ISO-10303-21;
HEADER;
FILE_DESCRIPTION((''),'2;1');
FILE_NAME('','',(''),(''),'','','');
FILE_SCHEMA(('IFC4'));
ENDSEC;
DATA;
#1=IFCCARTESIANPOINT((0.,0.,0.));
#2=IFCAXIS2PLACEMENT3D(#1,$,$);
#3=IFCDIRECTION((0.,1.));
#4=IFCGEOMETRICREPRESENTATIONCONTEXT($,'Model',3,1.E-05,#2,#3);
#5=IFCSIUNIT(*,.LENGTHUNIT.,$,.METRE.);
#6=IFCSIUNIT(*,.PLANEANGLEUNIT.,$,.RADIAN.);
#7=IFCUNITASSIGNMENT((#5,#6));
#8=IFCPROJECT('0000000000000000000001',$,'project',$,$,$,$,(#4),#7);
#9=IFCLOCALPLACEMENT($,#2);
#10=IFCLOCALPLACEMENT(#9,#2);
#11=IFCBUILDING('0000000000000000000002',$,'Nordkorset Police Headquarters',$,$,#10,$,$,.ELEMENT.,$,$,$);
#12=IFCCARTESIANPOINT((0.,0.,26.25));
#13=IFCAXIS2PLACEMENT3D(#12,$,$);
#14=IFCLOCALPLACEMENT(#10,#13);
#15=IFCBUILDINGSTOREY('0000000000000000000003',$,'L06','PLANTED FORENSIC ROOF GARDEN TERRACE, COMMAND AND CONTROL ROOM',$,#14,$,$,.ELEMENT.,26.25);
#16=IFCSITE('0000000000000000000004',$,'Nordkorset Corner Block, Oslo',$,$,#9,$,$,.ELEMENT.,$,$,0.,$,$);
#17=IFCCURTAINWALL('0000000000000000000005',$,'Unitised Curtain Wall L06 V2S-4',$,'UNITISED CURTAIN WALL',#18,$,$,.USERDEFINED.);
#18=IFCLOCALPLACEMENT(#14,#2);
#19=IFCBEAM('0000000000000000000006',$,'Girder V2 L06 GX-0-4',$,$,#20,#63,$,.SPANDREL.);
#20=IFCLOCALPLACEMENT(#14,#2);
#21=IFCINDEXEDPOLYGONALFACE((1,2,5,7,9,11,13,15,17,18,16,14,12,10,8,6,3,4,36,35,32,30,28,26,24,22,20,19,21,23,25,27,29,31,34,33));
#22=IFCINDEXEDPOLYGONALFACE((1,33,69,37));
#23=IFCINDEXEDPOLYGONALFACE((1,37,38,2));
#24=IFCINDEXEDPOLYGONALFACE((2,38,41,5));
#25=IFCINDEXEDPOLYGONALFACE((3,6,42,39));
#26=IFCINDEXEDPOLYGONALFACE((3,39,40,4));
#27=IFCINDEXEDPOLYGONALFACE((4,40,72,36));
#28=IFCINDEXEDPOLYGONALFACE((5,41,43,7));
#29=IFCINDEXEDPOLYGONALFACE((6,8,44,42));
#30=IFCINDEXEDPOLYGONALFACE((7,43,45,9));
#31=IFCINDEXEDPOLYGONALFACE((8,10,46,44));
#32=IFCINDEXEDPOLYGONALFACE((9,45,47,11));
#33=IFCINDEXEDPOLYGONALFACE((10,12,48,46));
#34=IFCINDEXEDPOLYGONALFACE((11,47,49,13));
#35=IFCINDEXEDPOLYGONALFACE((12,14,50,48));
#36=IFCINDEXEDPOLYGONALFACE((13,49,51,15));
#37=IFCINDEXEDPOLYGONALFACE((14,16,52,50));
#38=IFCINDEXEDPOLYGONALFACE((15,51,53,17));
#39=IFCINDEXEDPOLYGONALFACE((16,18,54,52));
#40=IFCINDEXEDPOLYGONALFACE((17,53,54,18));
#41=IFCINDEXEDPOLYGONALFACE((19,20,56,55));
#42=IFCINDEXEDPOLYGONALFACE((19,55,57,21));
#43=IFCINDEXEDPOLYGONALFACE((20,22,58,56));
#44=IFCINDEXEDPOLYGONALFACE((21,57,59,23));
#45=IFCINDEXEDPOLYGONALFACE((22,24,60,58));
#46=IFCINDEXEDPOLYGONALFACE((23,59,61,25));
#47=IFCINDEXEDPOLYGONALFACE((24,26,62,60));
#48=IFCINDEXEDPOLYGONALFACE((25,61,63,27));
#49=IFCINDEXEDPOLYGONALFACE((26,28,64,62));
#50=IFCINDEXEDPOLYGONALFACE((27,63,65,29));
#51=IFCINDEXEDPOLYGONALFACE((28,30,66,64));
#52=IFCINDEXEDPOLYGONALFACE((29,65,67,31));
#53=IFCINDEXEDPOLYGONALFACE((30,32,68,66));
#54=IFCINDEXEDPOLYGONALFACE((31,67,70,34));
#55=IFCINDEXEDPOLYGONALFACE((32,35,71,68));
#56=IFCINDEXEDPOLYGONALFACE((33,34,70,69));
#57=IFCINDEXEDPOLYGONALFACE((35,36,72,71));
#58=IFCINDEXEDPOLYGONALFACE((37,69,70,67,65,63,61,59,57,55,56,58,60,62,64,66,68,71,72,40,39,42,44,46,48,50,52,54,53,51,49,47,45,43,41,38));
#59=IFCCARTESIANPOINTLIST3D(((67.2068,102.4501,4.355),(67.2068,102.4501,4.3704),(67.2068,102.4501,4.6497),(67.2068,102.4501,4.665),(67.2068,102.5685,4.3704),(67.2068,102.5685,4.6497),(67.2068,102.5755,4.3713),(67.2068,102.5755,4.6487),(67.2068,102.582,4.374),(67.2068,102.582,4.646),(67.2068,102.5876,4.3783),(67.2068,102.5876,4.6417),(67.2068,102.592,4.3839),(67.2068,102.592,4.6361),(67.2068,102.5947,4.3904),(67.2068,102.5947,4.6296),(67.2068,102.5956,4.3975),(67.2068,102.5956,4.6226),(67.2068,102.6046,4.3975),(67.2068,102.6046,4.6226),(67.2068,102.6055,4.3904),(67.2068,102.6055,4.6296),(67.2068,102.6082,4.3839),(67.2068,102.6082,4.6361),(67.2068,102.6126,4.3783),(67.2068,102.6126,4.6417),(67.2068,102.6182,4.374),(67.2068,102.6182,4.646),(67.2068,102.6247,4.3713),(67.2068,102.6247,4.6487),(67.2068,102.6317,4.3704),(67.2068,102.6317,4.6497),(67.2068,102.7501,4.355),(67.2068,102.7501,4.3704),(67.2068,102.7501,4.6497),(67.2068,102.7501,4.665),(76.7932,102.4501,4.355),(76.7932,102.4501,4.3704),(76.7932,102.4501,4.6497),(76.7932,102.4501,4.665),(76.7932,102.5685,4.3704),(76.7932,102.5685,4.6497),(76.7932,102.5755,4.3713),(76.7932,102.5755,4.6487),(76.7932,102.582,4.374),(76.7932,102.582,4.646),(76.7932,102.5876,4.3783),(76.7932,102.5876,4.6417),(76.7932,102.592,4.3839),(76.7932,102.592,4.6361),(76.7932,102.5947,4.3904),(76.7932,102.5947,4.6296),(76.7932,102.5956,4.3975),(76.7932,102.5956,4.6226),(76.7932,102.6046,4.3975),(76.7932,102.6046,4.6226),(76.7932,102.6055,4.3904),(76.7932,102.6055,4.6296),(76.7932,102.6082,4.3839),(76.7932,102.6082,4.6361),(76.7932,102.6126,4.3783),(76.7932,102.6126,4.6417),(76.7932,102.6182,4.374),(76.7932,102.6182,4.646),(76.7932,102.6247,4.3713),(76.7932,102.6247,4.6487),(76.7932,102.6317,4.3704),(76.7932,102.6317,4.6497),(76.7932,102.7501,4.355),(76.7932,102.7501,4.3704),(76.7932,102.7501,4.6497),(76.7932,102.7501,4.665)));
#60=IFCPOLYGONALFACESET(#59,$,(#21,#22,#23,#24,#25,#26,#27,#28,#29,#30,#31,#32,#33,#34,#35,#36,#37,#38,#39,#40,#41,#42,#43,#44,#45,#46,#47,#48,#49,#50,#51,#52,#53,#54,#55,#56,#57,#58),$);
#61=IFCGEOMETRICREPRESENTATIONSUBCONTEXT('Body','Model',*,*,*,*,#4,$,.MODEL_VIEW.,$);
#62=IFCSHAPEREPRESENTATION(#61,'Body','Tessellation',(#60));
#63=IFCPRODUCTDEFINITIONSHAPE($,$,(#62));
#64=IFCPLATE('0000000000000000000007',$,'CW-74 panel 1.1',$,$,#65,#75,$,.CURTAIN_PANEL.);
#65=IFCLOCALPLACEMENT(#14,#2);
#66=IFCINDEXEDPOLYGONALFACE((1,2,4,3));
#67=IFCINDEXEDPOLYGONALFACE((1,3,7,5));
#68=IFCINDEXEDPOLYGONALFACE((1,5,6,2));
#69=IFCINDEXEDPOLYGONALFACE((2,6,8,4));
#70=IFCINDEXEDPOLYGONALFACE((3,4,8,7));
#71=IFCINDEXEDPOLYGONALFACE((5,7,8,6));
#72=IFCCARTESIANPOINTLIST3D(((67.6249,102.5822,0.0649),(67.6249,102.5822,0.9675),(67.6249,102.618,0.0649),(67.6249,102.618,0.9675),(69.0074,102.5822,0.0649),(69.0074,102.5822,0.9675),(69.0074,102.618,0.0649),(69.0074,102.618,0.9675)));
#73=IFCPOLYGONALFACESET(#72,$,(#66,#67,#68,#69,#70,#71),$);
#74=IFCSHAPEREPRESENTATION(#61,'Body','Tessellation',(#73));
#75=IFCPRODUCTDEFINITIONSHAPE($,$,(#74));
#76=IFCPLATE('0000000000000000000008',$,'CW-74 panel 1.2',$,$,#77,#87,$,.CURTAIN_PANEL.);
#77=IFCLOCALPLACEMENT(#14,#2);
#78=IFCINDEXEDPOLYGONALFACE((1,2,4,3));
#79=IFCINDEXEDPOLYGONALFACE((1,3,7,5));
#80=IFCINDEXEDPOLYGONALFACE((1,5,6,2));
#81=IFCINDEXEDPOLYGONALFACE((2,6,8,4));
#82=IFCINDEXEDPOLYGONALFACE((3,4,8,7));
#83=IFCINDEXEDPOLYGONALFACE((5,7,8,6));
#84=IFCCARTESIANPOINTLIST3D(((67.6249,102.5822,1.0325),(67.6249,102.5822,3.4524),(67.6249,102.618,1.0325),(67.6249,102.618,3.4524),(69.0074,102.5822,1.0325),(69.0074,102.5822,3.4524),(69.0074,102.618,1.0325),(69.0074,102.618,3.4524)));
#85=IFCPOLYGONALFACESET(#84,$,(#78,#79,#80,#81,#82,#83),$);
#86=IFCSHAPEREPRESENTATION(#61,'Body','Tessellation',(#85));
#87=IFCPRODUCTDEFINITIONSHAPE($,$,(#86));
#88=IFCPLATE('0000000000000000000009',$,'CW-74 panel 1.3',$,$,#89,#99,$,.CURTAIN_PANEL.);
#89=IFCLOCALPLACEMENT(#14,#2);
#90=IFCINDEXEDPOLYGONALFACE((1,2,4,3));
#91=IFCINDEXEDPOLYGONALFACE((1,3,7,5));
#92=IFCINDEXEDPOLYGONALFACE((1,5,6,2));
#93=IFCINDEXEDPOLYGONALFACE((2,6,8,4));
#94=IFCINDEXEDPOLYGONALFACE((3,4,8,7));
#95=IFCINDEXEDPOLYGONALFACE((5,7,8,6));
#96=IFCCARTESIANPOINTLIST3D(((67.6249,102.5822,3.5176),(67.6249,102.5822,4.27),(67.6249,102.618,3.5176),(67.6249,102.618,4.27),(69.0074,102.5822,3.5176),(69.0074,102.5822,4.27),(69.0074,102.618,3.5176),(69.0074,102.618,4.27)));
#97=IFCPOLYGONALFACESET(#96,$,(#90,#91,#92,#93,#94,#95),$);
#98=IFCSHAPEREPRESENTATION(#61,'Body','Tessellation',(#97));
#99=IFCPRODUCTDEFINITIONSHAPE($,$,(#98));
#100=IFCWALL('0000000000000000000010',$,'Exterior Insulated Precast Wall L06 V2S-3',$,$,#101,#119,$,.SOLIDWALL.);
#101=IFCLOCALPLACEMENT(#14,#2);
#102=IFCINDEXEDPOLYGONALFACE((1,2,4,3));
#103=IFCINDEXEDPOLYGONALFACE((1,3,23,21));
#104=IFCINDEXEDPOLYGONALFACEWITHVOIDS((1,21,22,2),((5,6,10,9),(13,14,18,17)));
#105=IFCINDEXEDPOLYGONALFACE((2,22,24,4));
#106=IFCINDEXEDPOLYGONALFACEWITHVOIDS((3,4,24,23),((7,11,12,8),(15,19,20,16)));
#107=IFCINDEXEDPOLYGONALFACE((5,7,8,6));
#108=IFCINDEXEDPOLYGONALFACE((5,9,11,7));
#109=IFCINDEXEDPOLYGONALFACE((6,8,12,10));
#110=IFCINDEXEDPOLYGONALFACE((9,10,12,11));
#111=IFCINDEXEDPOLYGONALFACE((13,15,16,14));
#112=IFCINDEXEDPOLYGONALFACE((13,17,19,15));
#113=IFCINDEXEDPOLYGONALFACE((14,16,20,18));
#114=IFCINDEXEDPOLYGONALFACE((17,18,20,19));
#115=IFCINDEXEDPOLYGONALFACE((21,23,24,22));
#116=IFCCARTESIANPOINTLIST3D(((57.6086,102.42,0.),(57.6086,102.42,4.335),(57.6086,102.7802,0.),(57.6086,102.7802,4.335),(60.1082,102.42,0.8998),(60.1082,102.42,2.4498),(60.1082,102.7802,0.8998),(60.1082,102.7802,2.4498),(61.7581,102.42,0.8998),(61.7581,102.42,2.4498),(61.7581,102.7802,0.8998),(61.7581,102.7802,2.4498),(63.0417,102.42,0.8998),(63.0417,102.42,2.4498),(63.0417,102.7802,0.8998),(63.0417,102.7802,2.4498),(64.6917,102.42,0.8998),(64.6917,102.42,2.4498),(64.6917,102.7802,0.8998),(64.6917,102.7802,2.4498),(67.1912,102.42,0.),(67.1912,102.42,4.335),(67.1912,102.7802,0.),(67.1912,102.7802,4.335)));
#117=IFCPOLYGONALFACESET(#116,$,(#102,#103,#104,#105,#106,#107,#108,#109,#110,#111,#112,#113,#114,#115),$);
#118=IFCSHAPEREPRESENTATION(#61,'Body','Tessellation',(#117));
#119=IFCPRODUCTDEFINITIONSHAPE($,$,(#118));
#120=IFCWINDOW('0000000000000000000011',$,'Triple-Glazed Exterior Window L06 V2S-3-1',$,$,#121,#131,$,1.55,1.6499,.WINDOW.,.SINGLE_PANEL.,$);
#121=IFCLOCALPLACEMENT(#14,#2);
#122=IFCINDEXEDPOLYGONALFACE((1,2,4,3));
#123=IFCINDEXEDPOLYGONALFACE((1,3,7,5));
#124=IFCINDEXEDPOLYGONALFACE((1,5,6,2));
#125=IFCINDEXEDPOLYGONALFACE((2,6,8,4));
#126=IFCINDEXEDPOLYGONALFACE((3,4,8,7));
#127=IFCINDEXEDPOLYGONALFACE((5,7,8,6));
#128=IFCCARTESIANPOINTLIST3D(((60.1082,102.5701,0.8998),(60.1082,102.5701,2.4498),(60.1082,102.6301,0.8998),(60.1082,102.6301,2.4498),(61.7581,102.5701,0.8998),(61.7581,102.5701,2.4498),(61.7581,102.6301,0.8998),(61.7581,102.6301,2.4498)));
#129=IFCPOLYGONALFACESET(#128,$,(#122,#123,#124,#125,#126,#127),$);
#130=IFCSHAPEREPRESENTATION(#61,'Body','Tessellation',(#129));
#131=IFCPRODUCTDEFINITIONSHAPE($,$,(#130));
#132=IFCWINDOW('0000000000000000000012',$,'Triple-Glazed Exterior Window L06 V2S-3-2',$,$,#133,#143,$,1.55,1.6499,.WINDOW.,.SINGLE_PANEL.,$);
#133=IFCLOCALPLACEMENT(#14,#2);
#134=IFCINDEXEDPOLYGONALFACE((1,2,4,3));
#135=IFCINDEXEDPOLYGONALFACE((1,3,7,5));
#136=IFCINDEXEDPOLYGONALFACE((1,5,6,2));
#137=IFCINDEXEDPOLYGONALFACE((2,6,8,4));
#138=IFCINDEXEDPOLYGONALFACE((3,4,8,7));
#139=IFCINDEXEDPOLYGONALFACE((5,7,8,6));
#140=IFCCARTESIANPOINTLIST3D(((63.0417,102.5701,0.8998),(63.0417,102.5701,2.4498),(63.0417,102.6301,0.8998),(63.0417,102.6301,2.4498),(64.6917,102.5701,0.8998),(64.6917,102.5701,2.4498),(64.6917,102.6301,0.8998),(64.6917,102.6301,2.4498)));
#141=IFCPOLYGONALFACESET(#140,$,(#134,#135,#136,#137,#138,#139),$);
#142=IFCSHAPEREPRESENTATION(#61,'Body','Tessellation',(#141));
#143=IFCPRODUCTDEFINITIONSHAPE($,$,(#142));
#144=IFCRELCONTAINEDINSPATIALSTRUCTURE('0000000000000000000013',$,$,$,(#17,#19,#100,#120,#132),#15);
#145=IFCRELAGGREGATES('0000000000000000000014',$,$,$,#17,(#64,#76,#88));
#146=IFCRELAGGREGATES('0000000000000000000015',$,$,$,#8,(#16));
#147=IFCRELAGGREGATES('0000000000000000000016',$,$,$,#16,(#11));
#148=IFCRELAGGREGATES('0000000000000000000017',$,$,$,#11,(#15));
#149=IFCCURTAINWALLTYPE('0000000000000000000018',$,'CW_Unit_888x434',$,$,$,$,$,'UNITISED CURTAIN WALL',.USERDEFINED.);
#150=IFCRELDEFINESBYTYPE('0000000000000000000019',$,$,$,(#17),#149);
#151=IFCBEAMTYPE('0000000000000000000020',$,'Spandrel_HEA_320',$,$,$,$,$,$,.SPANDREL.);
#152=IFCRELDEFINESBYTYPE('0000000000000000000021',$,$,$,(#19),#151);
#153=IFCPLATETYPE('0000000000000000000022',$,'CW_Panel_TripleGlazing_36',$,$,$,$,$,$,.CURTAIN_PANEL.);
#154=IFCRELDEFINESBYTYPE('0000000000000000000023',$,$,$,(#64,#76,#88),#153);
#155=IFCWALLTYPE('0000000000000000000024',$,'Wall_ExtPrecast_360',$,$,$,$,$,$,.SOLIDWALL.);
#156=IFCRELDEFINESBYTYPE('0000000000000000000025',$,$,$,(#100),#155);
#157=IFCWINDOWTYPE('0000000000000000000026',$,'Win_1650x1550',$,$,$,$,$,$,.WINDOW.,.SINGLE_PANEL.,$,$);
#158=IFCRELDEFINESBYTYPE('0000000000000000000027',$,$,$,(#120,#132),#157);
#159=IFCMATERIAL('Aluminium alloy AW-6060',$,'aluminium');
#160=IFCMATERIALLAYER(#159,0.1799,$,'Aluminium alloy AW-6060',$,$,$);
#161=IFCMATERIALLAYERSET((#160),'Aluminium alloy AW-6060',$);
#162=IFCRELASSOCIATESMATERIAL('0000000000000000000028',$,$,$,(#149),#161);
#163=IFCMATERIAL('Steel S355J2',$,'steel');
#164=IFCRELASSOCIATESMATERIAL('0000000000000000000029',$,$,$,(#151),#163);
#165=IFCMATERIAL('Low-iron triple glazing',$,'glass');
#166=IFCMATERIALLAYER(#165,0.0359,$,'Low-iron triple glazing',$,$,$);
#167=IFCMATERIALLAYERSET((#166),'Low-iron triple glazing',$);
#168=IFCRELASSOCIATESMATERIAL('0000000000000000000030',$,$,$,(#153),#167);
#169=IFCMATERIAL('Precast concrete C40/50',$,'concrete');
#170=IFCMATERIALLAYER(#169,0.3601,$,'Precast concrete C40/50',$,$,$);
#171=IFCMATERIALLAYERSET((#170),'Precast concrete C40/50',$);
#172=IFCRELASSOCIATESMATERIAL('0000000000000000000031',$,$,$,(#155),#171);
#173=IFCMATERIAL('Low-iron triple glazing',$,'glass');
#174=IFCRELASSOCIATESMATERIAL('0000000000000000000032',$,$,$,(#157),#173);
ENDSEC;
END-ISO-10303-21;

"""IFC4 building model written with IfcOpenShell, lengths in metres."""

from ifc_helpers import new_model, si_unit, direction, frame, frame_2d, origin, origin_2d, place, context, subcontext, project, spatial, rectangle, i_section, extrude, material, layer, layer_set, material_profile, profile_set, type_object, element, fill, aggregate, save


model = new_model("IFC4")

# Units and contexts
model_context = context("Model", 3, precision=1e-05, world=origin(), true_north=direction((0.0, 1.0)))
body_context = subcontext(model_context, "Body", "Model", "MODEL_VIEW")
ifc_project = project(units=[si_unit("LENGTHUNIT", "METRE"), si_unit("PLANEANGLEUNIT", "RADIAN")], contexts=[model_context])

# Site, building, storey
site_placement = place(None, origin())
site = spatial("IfcSite", under=ifc_project, at=site_placement, Name="Nordkorset Corner Block, Oslo", CompositionType="ELEMENT", RefElevation=0.0)
building_placement = place(site_placement, origin())
building = spatial("IfcBuilding", under=site, at=building_placement, Name="Nordkorset Police Headquarters", CompositionType="ELEMENT")
storey_placement = place(building_placement, frame((0.0, 0.0, 26.25)))
storey = spatial("IfcBuildingStorey", under=building, at=storey_placement, Name="L06", Description="PLANTED FORENSIC ROOF GARDEN TERRACE, COMMAND AND CONTROL ROOM", CompositionType="ELEMENT", Elevation=26.25)

# Curtain wall
ifc_material_1 = material(Name="Aluminium alloy AW-6060", Category="aluminium")
ifc_layer_1 = layer(ifc_material_1, 0.1799, Name="Aluminium alloy AW-6060")
ifc_layer_set_1 = layer_set([ifc_layer_1], Name="Aluminium alloy AW-6060")
curtain_wall_type = type_object("IfcCurtainWallType", Name="CW_Unit_888x434", ElementType="UNITISED CURTAIN WALL", PredefinedType="USERDEFINED", material=ifc_layer_set_1)
curtain_wall_placement = place(storey_placement, origin())
curtain_wall = element("IfcCurtainWall", 1, at=curtain_wall_placement, inside=storey, type_object=curtain_wall_type, Name="Unitised Curtain Wall L06 V2S-4", ObjectType="UNITISED CURTAIN WALL", PredefinedType="USERDEFINED")

# Beam
ifc_material_2 = material(Name="Steel S355J2", Category="steel")
ifc_material_profile_1 = material_profile(ifc_material_2, i_section(OverallWidth=0.3, OverallDepth=0.3101, WebThickness=0.009, FlangeThickness=0.0154, FilletRadius=0.0271, at=origin_2d()), Name="HEA 320")
ifc_profile_set_1 = profile_set([ifc_material_profile_1], Name="Steel S355J2")
beam_type_1 = type_object("IfcBeamType", Name="Spandrel_HEA_320", PredefinedType="SPANDREL", material=ifc_profile_set_1)
beam_1_placement = place(storey_placement, frame((67.2068, 102.6001, 4.51), z_axis=(1.0, 0.0, 0.0), x_axis=(0.0, 1.0, 0.0)))
element("IfcBeam", 2, at=beam_1_placement, inside=storey, type_object=beam_type_1, Name="Girder V2 L06 GX-0-4", PredefinedType="SPANDREL", context=body_context, shape_type="SweptSolid", body=[
    extrude(i_section(OverallWidth=0.3, OverallDepth=0.3101, WebThickness=0.009, FlangeThickness=0.0154, FilletRadius=0.0271, at=origin_2d()), origin(), (0.0, 0.0, 1.0), 9.5864),
])

# Plates
ifc_material_3 = material(Name="Low-iron triple glazing", Category="glass")
ifc_layer_2 = layer(ifc_material_3, 0.0359, Name="Low-iron triple glazing")
ifc_layer_set_2 = layer_set([ifc_layer_2], Name="Low-iron triple glazing")
plate_type = type_object("IfcPlateType", Name="CW_Panel_TripleGlazing_36", PredefinedType="CURTAIN_PANEL", material=ifc_layer_set_2)
plate_1_placement = place(storey_placement, frame((68.3162, 102.6001, 0.0649), z_axis=(0.0, 0.0, 1.0), x_axis=(1.0, 0.0, 0.0)))
plate_1 = element("IfcPlate", 3, at=plate_1_placement, type_object=plate_type, Name="CW-74 panel 1.1", PredefinedType="CURTAIN_PANEL", context=body_context, shape_type="SweptSolid", body=[
    extrude(rectangle(XDim=1.3826, YDim=0.0359, at=origin_2d()), origin(), (0.0, 0.0, 1.0), 0.9026),
])
plate_2_placement = place(storey_placement, frame((68.3162, 102.6001, 1.0325), z_axis=(0.0, 0.0, 1.0), x_axis=(1.0, 0.0, 0.0)))
plate_2 = element("IfcPlate", 4, at=plate_2_placement, type_object=plate_type, Name="CW-74 panel 1.2", PredefinedType="CURTAIN_PANEL", context=body_context, shape_type="SweptSolid", body=[
    extrude(rectangle(XDim=1.3826, YDim=0.0359, at=origin_2d()), origin(), (0.0, 0.0, 1.0), 2.4199),
])
plate_3_placement = place(storey_placement, frame((68.3162, 102.6001, 3.5176), z_axis=(0.0, 0.0, 1.0), x_axis=(1.0, 0.0, 0.0)))
plate_3 = element("IfcPlate", 5, at=plate_3_placement, type_object=plate_type, Name="CW-74 panel 1.3", PredefinedType="CURTAIN_PANEL", context=body_context, shape_type="SweptSolid", body=[
    extrude(rectangle(XDim=1.3826, YDim=0.0359, at=origin_2d()), origin(), (0.0, 0.0, 1.0), 0.7524),
])
aggregate(curtain_wall, [plate_1, plate_2, plate_3])

# Wall, openings, windows
ifc_material_4 = material(Name="Precast concrete C40/50", Category="concrete")
ifc_layer_3 = layer(ifc_material_4, 0.3601, Name="Precast concrete C40/50")
ifc_layer_set_3 = layer_set([ifc_layer_3], Name="Precast concrete C40/50")
wall_type = type_object("IfcWallType", Name="Wall_ExtPrecast_360", PredefinedType="SOLIDWALL", material=ifc_layer_set_3)
wall_placement = place(storey_placement, frame((57.6086, 102.6001, 0.0), z_axis=(0.0, 0.0, 1.0), x_axis=(1.0, 0.0, 0.0)))
wall = element("IfcWall", 6, at=wall_placement, inside=storey, type_object=wall_type, Name="Exterior Insulated Precast Wall L06 V2S-3", PredefinedType="SOLIDWALL", context=body_context, shape_type="SweptSolid", body=[
    extrude(rectangle(XDim=9.5825, YDim=0.3601, at=frame_2d((4.7913, 0.0))), origin(), (0.0, 0.0, 1.0), 4.335),
])
opening_1_placement = place(wall_placement, frame((2.4995, 0.0, 0.8999)))
opening_1 = element("IfcOpeningElement", 7, at=opening_1_placement, cuts=wall, PredefinedType="OPENING", context=body_context, shape_type="SweptSolid", body=[
    extrude(rectangle(XDim=1.6499, YDim=1.55, at=frame_2d((0.825, 0.7749))), frame((0.0, 0.1899, 0.0), z_axis=(0.0, -1.0, 0.0), x_axis=(1.0, 0.0, 0.0)), (0.0, 0.0, 1.0), 0.3801),
])
opening_2_placement = place(wall_placement, frame((5.4331, 0.0, 0.8999)))
opening_2 = element("IfcOpeningElement", 8, at=opening_2_placement, cuts=wall, PredefinedType="OPENING", context=body_context, shape_type="SweptSolid", body=[
    extrude(rectangle(XDim=1.6499, YDim=1.55, at=frame_2d((0.825, 0.7749))), frame((0.0, 0.1899, 0.0), z_axis=(0.0, -1.0, 0.0), x_axis=(1.0, 0.0, 0.0)), (0.0, 0.0, 1.0), 0.3801),
])
ifc_material_5 = material(Name="Low-iron triple glazing", Category="glass")
window_type = type_object("IfcWindowType", Name="Win_1650x1550", PartitioningType="SINGLE_PANEL", PredefinedType="WINDOW", material=ifc_material_5)
window_1_placement = place(opening_1_placement, origin())
window_1 = element("IfcWindow", 9, at=window_1_placement, inside=storey, type_object=window_type, Name="Triple-Glazed Exterior Window L06 V2S-3-1", OverallHeight=1.55, OverallWidth=1.6499, PartitioningType="SINGLE_PANEL", PredefinedType="WINDOW", context=body_context, shape_type="SweptSolid", body=[
    extrude(rectangle(XDim=1.6499, YDim=1.55, at=frame_2d((0.825, 0.7749))), frame((0.0, 0.03, 0.0), z_axis=(0.0, -1.0, 0.0), x_axis=(1.0, 0.0, 0.0)), (0.0, 0.0, 1.0), 0.0601),
])
fill(opening_1, window_1)
window_2_placement = place(opening_2_placement, origin())
window_2 = element("IfcWindow", 10, at=window_2_placement, inside=storey, type_object=window_type, Name="Triple-Glazed Exterior Window L06 V2S-3-2", OverallHeight=1.55, OverallWidth=1.6499, PartitioningType="SINGLE_PANEL", PredefinedType="WINDOW", context=body_context, shape_type="SweptSolid", body=[
    extrude(rectangle(XDim=1.6499, YDim=1.55, at=frame_2d((0.825, 0.7749))), frame((0.0, 0.03, 0.0), z_axis=(0.0, -1.0, 0.0), x_axis=(1.0, 0.0, 0.0)), (0.0, 0.0, 1.0), 0.0601),
])
fill(opening_2, window_2)

save(model, "model.ifc")
